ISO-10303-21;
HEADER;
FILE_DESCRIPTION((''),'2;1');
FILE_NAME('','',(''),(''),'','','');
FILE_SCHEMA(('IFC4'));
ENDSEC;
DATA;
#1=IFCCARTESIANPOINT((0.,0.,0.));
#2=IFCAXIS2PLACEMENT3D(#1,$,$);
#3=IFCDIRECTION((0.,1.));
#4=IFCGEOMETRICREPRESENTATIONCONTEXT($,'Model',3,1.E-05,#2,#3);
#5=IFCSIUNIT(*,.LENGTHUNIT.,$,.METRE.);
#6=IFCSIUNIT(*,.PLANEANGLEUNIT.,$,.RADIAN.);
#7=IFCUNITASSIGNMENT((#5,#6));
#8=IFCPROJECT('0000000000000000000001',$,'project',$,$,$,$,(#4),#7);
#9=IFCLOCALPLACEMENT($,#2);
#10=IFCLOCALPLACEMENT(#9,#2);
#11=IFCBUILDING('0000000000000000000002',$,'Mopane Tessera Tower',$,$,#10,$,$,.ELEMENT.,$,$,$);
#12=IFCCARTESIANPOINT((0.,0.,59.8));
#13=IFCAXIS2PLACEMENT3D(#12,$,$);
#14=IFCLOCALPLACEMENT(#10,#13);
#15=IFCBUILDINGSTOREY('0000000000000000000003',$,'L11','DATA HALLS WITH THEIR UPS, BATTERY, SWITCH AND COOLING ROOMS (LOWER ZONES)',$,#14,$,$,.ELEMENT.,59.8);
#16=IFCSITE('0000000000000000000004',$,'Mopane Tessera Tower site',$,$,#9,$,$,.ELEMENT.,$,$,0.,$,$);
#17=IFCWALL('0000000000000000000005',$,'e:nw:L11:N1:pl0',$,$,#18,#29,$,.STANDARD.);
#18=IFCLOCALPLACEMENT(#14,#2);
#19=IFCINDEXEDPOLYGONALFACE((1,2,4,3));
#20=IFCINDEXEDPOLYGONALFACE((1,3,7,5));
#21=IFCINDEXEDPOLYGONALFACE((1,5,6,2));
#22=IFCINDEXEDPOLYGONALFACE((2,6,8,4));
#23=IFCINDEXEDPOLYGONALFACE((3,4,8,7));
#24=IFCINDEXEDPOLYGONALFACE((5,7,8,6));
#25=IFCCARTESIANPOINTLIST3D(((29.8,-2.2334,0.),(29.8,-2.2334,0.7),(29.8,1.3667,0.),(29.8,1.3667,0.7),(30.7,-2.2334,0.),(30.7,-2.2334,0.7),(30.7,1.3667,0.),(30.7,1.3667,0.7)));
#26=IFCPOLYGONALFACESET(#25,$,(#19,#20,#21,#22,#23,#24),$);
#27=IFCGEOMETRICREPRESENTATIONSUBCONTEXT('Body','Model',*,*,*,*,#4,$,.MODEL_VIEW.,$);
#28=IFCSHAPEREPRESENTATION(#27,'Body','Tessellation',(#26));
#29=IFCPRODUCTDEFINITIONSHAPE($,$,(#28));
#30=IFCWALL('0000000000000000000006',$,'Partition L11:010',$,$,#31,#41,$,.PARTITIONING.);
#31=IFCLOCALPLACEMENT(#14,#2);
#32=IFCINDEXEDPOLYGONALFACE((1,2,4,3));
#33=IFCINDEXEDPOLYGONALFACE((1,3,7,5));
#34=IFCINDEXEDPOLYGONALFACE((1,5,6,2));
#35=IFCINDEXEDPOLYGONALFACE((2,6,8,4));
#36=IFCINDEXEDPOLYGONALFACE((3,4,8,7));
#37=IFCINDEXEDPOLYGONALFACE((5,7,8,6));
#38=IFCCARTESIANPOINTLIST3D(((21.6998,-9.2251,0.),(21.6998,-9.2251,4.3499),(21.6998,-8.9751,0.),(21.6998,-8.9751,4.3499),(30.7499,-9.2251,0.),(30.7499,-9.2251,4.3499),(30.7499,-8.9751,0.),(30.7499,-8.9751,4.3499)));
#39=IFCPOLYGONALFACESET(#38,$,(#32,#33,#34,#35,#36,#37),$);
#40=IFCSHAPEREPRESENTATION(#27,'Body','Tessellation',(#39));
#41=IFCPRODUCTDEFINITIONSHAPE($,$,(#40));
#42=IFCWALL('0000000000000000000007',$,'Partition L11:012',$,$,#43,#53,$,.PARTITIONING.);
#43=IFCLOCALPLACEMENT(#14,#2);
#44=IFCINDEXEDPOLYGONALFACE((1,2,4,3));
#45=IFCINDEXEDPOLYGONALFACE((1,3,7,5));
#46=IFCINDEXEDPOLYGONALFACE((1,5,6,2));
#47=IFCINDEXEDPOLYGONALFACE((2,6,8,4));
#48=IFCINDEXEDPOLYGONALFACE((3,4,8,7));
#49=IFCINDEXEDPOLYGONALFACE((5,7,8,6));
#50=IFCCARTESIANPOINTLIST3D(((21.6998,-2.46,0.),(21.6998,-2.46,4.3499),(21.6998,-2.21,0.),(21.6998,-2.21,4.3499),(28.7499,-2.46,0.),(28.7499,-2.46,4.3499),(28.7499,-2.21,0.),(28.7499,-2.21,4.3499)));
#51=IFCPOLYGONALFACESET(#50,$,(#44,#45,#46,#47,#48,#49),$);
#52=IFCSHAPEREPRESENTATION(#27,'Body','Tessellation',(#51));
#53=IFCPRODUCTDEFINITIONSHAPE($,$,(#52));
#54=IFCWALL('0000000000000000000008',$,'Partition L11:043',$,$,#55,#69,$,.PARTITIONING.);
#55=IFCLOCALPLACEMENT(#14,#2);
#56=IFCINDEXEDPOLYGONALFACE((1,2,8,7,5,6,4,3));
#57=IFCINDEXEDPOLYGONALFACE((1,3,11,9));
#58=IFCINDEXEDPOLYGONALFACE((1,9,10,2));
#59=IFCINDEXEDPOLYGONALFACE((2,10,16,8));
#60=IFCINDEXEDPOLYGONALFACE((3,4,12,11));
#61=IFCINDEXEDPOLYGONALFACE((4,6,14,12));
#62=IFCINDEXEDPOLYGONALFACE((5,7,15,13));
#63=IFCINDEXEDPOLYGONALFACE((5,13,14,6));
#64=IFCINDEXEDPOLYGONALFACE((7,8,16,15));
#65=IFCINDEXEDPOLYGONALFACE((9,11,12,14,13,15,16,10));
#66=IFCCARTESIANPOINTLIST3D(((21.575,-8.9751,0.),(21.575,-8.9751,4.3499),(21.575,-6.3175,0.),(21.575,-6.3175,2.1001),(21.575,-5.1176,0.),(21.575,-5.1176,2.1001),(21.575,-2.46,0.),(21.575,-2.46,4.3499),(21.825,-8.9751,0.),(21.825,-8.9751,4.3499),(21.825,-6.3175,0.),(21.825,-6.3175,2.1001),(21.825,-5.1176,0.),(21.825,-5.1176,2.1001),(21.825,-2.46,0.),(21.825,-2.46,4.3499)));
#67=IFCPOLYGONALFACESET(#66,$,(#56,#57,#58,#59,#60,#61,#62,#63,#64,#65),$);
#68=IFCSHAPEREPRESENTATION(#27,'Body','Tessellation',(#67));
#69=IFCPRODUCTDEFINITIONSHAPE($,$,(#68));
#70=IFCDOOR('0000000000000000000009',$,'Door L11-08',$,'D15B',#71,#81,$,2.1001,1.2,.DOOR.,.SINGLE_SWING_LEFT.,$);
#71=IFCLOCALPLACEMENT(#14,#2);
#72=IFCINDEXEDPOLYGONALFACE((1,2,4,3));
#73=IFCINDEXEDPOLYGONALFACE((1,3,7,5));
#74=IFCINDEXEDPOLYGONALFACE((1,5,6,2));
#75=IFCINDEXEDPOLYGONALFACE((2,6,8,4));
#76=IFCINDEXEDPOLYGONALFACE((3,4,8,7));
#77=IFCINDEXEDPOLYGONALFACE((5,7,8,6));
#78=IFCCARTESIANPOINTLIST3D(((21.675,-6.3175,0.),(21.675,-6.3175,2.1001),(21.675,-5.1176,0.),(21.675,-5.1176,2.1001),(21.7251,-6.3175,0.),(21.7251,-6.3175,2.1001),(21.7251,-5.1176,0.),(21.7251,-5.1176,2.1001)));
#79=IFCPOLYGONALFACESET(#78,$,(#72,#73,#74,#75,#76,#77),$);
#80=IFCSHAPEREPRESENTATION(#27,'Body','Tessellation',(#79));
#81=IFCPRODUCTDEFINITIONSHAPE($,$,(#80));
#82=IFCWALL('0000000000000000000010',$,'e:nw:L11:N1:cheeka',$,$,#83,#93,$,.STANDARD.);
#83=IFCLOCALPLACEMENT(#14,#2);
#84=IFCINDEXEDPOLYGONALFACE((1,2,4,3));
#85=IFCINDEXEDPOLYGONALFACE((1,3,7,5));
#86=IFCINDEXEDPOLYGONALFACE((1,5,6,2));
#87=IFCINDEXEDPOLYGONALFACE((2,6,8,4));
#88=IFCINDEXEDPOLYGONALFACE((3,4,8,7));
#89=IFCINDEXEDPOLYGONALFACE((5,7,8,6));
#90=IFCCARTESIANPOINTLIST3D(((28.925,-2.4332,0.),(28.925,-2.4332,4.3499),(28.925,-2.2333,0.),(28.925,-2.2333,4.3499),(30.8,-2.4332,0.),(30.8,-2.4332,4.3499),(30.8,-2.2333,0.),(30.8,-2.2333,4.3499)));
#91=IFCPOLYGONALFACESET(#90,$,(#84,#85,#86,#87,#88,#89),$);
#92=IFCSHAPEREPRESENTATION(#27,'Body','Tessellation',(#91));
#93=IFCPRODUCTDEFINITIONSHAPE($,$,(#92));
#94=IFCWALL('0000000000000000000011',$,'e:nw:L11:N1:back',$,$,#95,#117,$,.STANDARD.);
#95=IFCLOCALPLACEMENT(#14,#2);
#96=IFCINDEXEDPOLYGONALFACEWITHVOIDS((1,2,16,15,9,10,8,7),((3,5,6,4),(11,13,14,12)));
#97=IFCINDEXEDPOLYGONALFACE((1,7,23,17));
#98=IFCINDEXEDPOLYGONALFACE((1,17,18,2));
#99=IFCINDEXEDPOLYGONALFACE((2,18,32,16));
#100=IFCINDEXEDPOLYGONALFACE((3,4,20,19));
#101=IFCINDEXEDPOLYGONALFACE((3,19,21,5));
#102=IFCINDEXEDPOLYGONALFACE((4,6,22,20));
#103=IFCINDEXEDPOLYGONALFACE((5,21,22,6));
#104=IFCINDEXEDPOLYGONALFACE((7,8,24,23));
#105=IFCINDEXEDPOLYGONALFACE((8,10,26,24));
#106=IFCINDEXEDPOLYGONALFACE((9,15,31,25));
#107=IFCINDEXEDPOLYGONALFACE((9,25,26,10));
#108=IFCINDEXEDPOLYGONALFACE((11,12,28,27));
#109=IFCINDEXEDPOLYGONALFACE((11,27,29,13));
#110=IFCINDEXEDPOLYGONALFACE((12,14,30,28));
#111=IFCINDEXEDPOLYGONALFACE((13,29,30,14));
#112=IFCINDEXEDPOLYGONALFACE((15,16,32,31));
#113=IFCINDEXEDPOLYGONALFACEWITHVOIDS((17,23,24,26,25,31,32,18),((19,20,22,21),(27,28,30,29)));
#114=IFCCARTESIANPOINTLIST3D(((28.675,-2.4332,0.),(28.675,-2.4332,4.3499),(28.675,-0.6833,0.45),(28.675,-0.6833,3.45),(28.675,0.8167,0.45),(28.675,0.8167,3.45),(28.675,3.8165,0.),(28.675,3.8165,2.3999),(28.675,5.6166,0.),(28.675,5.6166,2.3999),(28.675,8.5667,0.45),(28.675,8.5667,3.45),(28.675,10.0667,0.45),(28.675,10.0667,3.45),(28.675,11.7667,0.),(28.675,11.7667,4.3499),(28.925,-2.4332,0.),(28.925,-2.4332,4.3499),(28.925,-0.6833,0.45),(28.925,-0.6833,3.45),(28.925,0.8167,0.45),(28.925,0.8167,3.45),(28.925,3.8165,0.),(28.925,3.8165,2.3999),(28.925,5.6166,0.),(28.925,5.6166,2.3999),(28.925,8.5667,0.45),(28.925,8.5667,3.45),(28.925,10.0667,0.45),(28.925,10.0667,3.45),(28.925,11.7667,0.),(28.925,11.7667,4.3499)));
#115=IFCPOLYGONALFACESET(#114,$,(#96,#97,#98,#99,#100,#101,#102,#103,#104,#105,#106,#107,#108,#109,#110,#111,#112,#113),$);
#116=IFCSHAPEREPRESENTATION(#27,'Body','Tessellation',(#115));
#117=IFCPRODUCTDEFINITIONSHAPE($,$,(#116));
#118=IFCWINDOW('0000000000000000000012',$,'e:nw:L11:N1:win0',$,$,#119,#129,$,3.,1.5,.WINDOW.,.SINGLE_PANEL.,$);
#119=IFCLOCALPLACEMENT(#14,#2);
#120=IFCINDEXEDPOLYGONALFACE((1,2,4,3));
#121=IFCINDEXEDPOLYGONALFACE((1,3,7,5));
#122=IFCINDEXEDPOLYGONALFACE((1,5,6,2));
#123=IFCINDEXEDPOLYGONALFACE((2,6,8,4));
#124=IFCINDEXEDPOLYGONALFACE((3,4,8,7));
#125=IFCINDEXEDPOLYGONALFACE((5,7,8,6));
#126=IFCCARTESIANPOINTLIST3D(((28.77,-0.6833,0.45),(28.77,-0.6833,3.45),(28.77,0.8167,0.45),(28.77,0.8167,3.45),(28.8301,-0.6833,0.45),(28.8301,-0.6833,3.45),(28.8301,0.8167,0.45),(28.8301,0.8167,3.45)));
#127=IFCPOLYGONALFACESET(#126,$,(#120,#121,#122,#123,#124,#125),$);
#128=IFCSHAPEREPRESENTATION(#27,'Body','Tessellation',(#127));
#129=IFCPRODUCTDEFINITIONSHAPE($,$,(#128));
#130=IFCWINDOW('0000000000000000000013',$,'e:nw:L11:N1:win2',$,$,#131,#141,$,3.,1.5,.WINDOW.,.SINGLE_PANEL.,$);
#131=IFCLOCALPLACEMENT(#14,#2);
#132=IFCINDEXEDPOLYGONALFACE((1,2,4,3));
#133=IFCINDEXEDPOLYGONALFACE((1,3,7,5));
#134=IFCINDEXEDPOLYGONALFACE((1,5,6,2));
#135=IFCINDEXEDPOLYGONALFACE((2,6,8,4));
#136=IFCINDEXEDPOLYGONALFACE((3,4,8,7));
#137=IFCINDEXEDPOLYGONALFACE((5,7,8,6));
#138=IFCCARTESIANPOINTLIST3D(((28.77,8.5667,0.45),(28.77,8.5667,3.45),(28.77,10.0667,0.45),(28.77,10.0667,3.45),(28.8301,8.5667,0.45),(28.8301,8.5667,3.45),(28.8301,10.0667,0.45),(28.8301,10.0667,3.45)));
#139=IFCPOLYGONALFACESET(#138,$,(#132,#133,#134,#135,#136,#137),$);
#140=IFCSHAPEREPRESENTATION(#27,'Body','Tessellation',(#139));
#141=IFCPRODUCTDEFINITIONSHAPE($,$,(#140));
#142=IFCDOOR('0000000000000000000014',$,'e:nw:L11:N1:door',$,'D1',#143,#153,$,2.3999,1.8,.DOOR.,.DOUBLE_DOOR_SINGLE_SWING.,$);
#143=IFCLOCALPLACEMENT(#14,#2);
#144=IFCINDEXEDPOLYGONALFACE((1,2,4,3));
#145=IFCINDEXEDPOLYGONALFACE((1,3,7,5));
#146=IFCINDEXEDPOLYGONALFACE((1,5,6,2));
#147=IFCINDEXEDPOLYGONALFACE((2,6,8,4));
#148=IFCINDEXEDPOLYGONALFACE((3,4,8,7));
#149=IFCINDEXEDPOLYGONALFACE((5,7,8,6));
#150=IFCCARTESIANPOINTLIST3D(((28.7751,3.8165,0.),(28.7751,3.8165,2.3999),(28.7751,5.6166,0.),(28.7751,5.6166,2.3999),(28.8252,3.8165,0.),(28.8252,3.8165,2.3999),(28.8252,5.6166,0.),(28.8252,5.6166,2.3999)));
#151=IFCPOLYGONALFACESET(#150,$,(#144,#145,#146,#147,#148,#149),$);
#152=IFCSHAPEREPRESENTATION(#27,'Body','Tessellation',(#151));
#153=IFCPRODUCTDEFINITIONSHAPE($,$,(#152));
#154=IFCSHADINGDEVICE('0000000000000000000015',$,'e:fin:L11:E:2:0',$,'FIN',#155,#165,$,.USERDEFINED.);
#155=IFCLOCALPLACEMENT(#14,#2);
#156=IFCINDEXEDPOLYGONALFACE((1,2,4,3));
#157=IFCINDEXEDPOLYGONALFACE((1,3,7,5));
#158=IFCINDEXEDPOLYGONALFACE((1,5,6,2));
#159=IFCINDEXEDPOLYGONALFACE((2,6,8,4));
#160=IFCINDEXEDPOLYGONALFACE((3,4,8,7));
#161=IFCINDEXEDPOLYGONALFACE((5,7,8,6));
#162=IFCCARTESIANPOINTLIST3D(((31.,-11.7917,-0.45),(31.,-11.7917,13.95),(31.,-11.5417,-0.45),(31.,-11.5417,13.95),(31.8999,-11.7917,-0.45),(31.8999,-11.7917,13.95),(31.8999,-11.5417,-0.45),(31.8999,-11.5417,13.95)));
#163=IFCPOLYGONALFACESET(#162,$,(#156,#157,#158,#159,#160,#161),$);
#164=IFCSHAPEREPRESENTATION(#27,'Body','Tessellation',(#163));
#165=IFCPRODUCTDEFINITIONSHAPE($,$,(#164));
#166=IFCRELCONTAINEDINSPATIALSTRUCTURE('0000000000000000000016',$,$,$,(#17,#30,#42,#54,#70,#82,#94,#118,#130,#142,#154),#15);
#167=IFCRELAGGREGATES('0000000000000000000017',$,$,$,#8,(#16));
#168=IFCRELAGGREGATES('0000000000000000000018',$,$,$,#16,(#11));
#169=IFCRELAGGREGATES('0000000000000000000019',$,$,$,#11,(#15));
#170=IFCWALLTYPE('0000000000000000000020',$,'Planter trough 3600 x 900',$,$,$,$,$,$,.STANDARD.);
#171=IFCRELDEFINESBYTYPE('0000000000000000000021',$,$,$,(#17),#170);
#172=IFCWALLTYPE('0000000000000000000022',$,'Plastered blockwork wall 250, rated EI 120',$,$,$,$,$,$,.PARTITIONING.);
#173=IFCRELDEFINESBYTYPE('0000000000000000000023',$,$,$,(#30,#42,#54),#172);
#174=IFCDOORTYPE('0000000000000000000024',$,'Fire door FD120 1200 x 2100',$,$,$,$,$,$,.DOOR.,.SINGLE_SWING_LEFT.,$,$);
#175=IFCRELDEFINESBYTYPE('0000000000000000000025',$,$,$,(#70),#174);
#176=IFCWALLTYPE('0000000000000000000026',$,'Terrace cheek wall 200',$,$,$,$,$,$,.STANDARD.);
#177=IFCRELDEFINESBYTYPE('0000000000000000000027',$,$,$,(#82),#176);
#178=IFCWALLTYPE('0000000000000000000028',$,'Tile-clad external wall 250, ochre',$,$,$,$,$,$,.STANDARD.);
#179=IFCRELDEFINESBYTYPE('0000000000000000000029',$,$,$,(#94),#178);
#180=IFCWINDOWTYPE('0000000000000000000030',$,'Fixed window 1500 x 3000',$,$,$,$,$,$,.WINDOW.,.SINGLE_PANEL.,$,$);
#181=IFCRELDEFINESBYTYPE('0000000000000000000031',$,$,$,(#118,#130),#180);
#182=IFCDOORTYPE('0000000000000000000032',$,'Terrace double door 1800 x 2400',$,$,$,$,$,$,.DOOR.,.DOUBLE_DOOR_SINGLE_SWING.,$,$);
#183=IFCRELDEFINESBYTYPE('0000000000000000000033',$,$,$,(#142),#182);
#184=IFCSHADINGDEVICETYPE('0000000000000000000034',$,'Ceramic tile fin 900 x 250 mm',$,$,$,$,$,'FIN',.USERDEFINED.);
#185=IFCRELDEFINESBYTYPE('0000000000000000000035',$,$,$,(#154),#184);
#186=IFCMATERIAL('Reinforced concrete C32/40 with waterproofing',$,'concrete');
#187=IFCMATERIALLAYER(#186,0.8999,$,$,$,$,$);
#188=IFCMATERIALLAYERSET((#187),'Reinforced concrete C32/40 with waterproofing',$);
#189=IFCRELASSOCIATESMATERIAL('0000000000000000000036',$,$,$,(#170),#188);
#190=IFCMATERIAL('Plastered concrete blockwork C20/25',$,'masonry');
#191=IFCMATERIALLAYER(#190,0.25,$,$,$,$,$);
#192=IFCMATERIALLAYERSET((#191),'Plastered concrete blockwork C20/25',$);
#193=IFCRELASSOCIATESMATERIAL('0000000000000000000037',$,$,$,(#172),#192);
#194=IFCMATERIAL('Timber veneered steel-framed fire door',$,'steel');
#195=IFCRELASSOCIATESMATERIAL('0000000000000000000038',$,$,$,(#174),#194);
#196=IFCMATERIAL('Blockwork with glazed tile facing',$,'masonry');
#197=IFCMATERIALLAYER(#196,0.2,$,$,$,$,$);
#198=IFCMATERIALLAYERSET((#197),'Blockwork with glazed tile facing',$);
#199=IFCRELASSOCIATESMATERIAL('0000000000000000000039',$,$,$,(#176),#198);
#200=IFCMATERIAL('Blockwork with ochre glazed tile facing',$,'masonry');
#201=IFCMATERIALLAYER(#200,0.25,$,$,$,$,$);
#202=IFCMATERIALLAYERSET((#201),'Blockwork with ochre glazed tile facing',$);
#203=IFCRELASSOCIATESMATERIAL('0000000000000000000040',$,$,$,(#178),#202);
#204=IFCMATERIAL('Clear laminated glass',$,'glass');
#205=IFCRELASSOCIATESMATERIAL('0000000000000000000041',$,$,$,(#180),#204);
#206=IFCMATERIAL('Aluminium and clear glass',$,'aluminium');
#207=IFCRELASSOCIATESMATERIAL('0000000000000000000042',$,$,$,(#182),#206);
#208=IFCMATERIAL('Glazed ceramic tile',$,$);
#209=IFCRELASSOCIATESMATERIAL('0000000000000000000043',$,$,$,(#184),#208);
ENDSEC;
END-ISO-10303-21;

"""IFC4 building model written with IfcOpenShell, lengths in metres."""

from ifc_helpers import new_model, si_unit, direction, frame, frame_2d, origin, origin_2d, place, context, subcontext, project, spatial, rectangle, extrude, material, layer, layer_set, type_object, element, fill, save


model = new_model("IFC4")

# Units and contexts
model_context = context("Model", 3, precision=1e-05, world=origin(), true_north=direction((0.0, 1.0)))
body_context = subcontext(model_context, "Body", "Model", "MODEL_VIEW")
ifc_project = project(units=[si_unit("LENGTHUNIT", "METRE"), si_unit("PLANEANGLEUNIT", "RADIAN")], contexts=[model_context])

# Site, building, storey
site_placement = place(None, origin())
site = spatial("IfcSite", under=ifc_project, at=site_placement, Name="Mopane Tessera Tower site", CompositionType="ELEMENT", RefElevation=0.0)
building_placement = place(site_placement, origin())
building = spatial("IfcBuilding", under=site, at=building_placement, Name="Mopane Tessera Tower", CompositionType="ELEMENT")
storey_placement = place(building_placement, frame((0.0, 0.0, 59.8)))
storey = spatial("IfcBuildingStorey", under=building, at=storey_placement, Name="L11", Description="DATA HALLS WITH THEIR UPS, BATTERY, SWITCH AND COOLING ROOMS (LOWER ZONES)", CompositionType="ELEMENT", Elevation=59.8)

# Walls
ifc_material_1 = material(Name="Reinforced concrete C32/40 with waterproofing", Category="concrete")
ifc_layer_1 = layer(ifc_material_1, 0.8999)
ifc_layer_set_1 = layer_set([ifc_layer_1], Name="Reinforced concrete C32/40 with waterproofing")
wall_type_1 = type_object("IfcWallType", Name="Planter trough 3600 x 900", PredefinedType="STANDARD", material=ifc_layer_set_1)
wall_1_placement = place(storey_placement, frame((30.25, -2.2334, 0.0), z_axis=(0.0, 0.0, 1.0), x_axis=(0.0, 1.0, 0.0)))
element("IfcWall", 1, at=wall_1_placement, inside=storey, type_object=wall_type_1, Name="e:nw:L11:N1:pl0", PredefinedType="STANDARD", context=body_context, shape_type="SweptSolid", body=[
    extrude(rectangle(XDim=3.6001, YDim=0.8999, at=frame_2d((1.8, 0.0))), origin(), (0.0, 0.0, 1.0), 0.7),
])
ifc_material_2 = material(Name="Plastered concrete blockwork C20/25", Category="masonry")
ifc_layer_2 = layer(ifc_material_2, 0.25)
ifc_layer_set_2 = layer_set([ifc_layer_2], Name="Plastered concrete blockwork C20/25")
wall_type_2 = type_object("IfcWallType", Name="Plastered blockwork wall 250, rated EI 120", PredefinedType="PARTITIONING", material=ifc_layer_set_2)
wall_2_placement = place(storey_placement, frame((21.7, -9.1001, 0.0), z_axis=(0.0, 0.0, 1.0), x_axis=(1.0, 0.0, 0.0)))
element("IfcWall", 2, at=wall_2_placement, inside=storey, type_object=wall_type_2, Name="Partition L11:010", PredefinedType="PARTITIONING", context=body_context, shape_type="SweptSolid", body=[
    extrude(rectangle(XDim=9.05, YDim=0.25, at=frame_2d((4.5249, 0.0))), origin(), (0.0, 0.0, 1.0), 4.3499),
])
wall_3_placement = place(storey_placement, frame((21.7, -2.335, 0.0), z_axis=(0.0, 0.0, 1.0), x_axis=(1.0, 0.0, 0.0)))
element("IfcWall", 3, at=wall_3_placement, inside=storey, type_object=wall_type_2, Name="Partition L11:012", PredefinedType="PARTITIONING", context=body_context, shape_type="SweptSolid", body=[
    extrude(rectangle(XDim=7.05, YDim=0.25, at=frame_2d((3.5249, 0.0))), origin(), (0.0, 0.0, 1.0), 4.3499),
])

# Wall, opening, door
wall_4_placement = place(storey_placement, frame((21.7, -8.9751, 0.0), z_axis=(0.0, 0.0, 1.0), x_axis=(0.0, 1.0, 0.0)))
wall_4 = element("IfcWall", 4, at=wall_4_placement, inside=storey, type_object=wall_type_2, Name="Partition L11:043", PredefinedType="PARTITIONING", context=body_context, shape_type="SweptSolid", body=[
    extrude(rectangle(XDim=6.5151, YDim=0.25, at=frame_2d((3.2576, 0.0))), origin(), (0.0, 0.0, 1.0), 4.3499),
])
opening_1_placement = place(wall_4_placement, frame((2.6575, 0.0, 0.0)))
opening_1 = element("IfcOpeningElement", 5, at=opening_1_placement, cuts=wall_4, PredefinedType="OPENING", context=body_context, shape_type="SweptSolid", body=[
    extrude(rectangle(XDim=1.2, YDim=2.1001, at=frame_2d((0.6001, 1.05))), frame((0.0, 0.137, 0.0), z_axis=(0.0, -1.0, 0.0), x_axis=(1.0, 0.0, 0.0)), (0.0, 0.0, 1.0), 0.2739),
])
ifc_material_3 = material(Name="Timber veneered steel-framed fire door", Category="steel")
door_type_1 = type_object("IfcDoorType", Name="Fire door FD120 1200 x 2100", OperationType="SINGLE_SWING_LEFT", PredefinedType="DOOR", material=ifc_material_3)
door_1_placement = place(opening_1_placement, origin())
door_1 = element("IfcDoor", 6, at=door_1_placement, inside=storey, type_object=door_type_1, Name="Door L11-08", ObjectType="D15B", OperationType="SINGLE_SWING_LEFT", OverallHeight=2.1001, OverallWidth=1.2, PredefinedType="DOOR", context=body_context, shape_type="SweptSolid", body=[
    extrude(rectangle(XDim=1.2, YDim=2.1001, at=frame_2d((0.6001, 1.05))), frame((0.0, 0.0249, 0.0), z_axis=(0.0, -1.0, 0.0), x_axis=(1.0, 0.0, 0.0)), (0.0, 0.0, 1.0), 0.05),
])
fill(opening_1, door_1)

# Wall
ifc_material_4 = material(Name="Blockwork with glazed tile facing", Category="masonry")
ifc_layer_3 = layer(ifc_material_4, 0.2)
ifc_layer_set_3 = layer_set([ifc_layer_3], Name="Blockwork with glazed tile facing")
wall_type_3 = type_object("IfcWallType", Name="Terrace cheek wall 200", PredefinedType="STANDARD", material=ifc_layer_set_3)
wall_5_placement = place(storey_placement, frame((30.8, -2.3333, 0.0), z_axis=(0.0, 0.0, 1.0), x_axis=(-1.0, 0.0, 0.0)))
element("IfcWall", 7, at=wall_5_placement, inside=storey, type_object=wall_type_3, Name="e:nw:L11:N1:cheeka", PredefinedType="STANDARD", context=body_context, shape_type="SweptSolid", body=[
    extrude(rectangle(XDim=1.875, YDim=0.2, at=frame_2d((0.9375, 0.0))), origin(), (0.0, 0.0, 1.0), 4.3499),
])

# Wall, openings, windows, door
ifc_material_5 = material(Name="Blockwork with ochre glazed tile facing", Category="masonry")
ifc_layer_4 = layer(ifc_material_5, 0.25)
ifc_layer_set_4 = layer_set([ifc_layer_4], Name="Blockwork with ochre glazed tile facing")
wall_type_4 = type_object("IfcWallType", Name="Tile-clad external wall 250, ochre", PredefinedType="STANDARD", material=ifc_layer_set_4)
wall_6_placement = place(storey_placement, frame((28.8, -2.4333, 0.0), z_axis=(0.0, 0.0, 1.0), x_axis=(0.0, 1.0, 0.0)))
wall_6 = element("IfcWall", 8, at=wall_6_placement, inside=storey, type_object=wall_type_4, Name="e:nw:L11:N1:back", PredefinedType="STANDARD", context=body_context, shape_type="SweptSolid", body=[
    extrude(rectangle(XDim=14.2, YDim=0.25, at=frame_2d((7.1001, 0.0))), origin(), (0.0, 0.0, 1.0), 4.3499),
])
opening_2_placement = place(wall_6_placement, frame((1.75, 0.0, 0.45)))
opening_2 = element("IfcOpeningElement", 9, at=opening_2_placement, cuts=wall_6, PredefinedType="OPENING", context=body_context, shape_type="SweptSolid", body=[
    extrude(rectangle(XDim=1.5, YDim=3.0, at=frame_2d((0.75, 1.5))), frame((0.0, 0.137, 0.0), z_axis=(0.0, -1.0, 0.0), x_axis=(1.0, 0.0, 0.0)), (0.0, 0.0, 1.0), 0.2739),
])
opening_3_placement = place(wall_6_placement, frame((6.25, 0.0, 0.0)))
opening_3 = element("IfcOpeningElement", 10, at=opening_3_placement, cuts=wall_6, PredefinedType="OPENING", context=body_context, shape_type="SweptSolid", body=[
    extrude(rectangle(XDim=1.8, YDim=2.3999, at=frame_2d((0.8999, 1.2))), frame((0.0, 0.137, 0.0), z_axis=(0.0, -1.0, 0.0), x_axis=(1.0, 0.0, 0.0)), (0.0, 0.0, 1.0), 0.2739),
])
opening_4_placement = place(wall_6_placement, frame((11.0, 0.0, 0.45)))
opening_4 = element("IfcOpeningElement", 11, at=opening_4_placement, cuts=wall_6, PredefinedType="OPENING", context=body_context, shape_type="SweptSolid", body=[
    extrude(rectangle(XDim=1.5, YDim=3.0, at=frame_2d((0.75, 1.5))), frame((0.0, 0.137, 0.0), z_axis=(0.0, -1.0, 0.0), x_axis=(1.0, 0.0, 0.0)), (0.0, 0.0, 1.0), 0.2739),
])
ifc_material_6 = material(Name="Clear laminated glass", Category="glass")
window_type = type_object("IfcWindowType", Name="Fixed window 1500 x 3000", PartitioningType="SINGLE_PANEL", PredefinedType="WINDOW", material=ifc_material_6)
window_1_placement = place(opening_2_placement, origin())
window_1 = element("IfcWindow", 12, at=window_1_placement, inside=storey, type_object=window_type, Name="e:nw:L11:N1:win0", OverallHeight=3.0, OverallWidth=1.5, PartitioningType="SINGLE_PANEL", PredefinedType="WINDOW", context=body_context, shape_type="SweptSolid", body=[
    extrude(rectangle(XDim=1.5, YDim=3.0, at=frame_2d((0.75, 1.5))), frame((0.0, 0.03, 0.0), z_axis=(0.0, -1.0, 0.0), x_axis=(1.0, 0.0, 0.0)), (0.0, 0.0, 1.0), 0.0601),
])
fill(opening_2, window_1)
window_2_placement = place(opening_4_placement, origin())
window_2 = element("IfcWindow", 13, at=window_2_placement, inside=storey, type_object=window_type, Name="e:nw:L11:N1:win2", OverallHeight=3.0, OverallWidth=1.5, PartitioningType="SINGLE_PANEL", PredefinedType="WINDOW", context=body_context, shape_type="SweptSolid", body=[
    extrude(rectangle(XDim=1.5, YDim=3.0, at=frame_2d((0.75, 1.5))), frame((0.0, 0.03, 0.0), z_axis=(0.0, -1.0, 0.0), x_axis=(1.0, 0.0, 0.0)), (0.0, 0.0, 1.0), 0.0601),
])
fill(opening_4, window_2)
ifc_material_7 = material(Name="Aluminium and clear glass", Category="aluminium")
door_type_2 = type_object("IfcDoorType", Name="Terrace double door 1800 x 2400", OperationType="DOUBLE_DOOR_SINGLE_SWING", PredefinedType="DOOR", material=ifc_material_7)
door_2_placement = place(opening_3_placement, origin())
door_2 = element("IfcDoor", 14, at=door_2_placement, inside=storey, type_object=door_type_2, Name="e:nw:L11:N1:door", ObjectType="D1", OperationType="DOUBLE_DOOR_SINGLE_SWING", OverallHeight=2.3999, OverallWidth=1.8, PredefinedType="DOOR", context=body_context, shape_type="SweptSolid", body=[
    extrude(rectangle(XDim=1.8, YDim=2.3999, at=frame_2d((0.8999, 1.2))), frame((0.0, 0.0249, 0.0), z_axis=(0.0, -1.0, 0.0), x_axis=(1.0, 0.0, 0.0)), (0.0, 0.0, 1.0), 0.05),
])
fill(opening_3, door_2)

# Shading device
ifc_material_8 = material(Name="Glazed ceramic tile")
shading_device_type = type_object("IfcShadingDeviceType", Name="Ceramic tile fin 900 x 250 mm", ElementType="FIN", PredefinedType="USERDEFINED", material=ifc_material_8)
for number, where, z_axis, x_axis, name in (
    (15, (31.45, -11.6667, -0.45), (0.0, 0.0, 1.0), (0.0, 1.0, 0.0), "e:fin:L11:E:2:0"),
):
    element("IfcShadingDevice", number, at=place(storey_placement, frame(where, z_axis=z_axis, x_axis=x_axis)), inside=storey, type_object=shading_device_type, Name=name, ObjectType="FIN", PredefinedType="USERDEFINED", context=body_context, shape_type="SweptSolid", body=[
        extrude(rectangle(XDim=0.25, YDim=0.8999, at=origin_2d()), origin(), (0.0, 0.0, 1.0), 14.3999),
    ])

save(model, "model.ifc")
